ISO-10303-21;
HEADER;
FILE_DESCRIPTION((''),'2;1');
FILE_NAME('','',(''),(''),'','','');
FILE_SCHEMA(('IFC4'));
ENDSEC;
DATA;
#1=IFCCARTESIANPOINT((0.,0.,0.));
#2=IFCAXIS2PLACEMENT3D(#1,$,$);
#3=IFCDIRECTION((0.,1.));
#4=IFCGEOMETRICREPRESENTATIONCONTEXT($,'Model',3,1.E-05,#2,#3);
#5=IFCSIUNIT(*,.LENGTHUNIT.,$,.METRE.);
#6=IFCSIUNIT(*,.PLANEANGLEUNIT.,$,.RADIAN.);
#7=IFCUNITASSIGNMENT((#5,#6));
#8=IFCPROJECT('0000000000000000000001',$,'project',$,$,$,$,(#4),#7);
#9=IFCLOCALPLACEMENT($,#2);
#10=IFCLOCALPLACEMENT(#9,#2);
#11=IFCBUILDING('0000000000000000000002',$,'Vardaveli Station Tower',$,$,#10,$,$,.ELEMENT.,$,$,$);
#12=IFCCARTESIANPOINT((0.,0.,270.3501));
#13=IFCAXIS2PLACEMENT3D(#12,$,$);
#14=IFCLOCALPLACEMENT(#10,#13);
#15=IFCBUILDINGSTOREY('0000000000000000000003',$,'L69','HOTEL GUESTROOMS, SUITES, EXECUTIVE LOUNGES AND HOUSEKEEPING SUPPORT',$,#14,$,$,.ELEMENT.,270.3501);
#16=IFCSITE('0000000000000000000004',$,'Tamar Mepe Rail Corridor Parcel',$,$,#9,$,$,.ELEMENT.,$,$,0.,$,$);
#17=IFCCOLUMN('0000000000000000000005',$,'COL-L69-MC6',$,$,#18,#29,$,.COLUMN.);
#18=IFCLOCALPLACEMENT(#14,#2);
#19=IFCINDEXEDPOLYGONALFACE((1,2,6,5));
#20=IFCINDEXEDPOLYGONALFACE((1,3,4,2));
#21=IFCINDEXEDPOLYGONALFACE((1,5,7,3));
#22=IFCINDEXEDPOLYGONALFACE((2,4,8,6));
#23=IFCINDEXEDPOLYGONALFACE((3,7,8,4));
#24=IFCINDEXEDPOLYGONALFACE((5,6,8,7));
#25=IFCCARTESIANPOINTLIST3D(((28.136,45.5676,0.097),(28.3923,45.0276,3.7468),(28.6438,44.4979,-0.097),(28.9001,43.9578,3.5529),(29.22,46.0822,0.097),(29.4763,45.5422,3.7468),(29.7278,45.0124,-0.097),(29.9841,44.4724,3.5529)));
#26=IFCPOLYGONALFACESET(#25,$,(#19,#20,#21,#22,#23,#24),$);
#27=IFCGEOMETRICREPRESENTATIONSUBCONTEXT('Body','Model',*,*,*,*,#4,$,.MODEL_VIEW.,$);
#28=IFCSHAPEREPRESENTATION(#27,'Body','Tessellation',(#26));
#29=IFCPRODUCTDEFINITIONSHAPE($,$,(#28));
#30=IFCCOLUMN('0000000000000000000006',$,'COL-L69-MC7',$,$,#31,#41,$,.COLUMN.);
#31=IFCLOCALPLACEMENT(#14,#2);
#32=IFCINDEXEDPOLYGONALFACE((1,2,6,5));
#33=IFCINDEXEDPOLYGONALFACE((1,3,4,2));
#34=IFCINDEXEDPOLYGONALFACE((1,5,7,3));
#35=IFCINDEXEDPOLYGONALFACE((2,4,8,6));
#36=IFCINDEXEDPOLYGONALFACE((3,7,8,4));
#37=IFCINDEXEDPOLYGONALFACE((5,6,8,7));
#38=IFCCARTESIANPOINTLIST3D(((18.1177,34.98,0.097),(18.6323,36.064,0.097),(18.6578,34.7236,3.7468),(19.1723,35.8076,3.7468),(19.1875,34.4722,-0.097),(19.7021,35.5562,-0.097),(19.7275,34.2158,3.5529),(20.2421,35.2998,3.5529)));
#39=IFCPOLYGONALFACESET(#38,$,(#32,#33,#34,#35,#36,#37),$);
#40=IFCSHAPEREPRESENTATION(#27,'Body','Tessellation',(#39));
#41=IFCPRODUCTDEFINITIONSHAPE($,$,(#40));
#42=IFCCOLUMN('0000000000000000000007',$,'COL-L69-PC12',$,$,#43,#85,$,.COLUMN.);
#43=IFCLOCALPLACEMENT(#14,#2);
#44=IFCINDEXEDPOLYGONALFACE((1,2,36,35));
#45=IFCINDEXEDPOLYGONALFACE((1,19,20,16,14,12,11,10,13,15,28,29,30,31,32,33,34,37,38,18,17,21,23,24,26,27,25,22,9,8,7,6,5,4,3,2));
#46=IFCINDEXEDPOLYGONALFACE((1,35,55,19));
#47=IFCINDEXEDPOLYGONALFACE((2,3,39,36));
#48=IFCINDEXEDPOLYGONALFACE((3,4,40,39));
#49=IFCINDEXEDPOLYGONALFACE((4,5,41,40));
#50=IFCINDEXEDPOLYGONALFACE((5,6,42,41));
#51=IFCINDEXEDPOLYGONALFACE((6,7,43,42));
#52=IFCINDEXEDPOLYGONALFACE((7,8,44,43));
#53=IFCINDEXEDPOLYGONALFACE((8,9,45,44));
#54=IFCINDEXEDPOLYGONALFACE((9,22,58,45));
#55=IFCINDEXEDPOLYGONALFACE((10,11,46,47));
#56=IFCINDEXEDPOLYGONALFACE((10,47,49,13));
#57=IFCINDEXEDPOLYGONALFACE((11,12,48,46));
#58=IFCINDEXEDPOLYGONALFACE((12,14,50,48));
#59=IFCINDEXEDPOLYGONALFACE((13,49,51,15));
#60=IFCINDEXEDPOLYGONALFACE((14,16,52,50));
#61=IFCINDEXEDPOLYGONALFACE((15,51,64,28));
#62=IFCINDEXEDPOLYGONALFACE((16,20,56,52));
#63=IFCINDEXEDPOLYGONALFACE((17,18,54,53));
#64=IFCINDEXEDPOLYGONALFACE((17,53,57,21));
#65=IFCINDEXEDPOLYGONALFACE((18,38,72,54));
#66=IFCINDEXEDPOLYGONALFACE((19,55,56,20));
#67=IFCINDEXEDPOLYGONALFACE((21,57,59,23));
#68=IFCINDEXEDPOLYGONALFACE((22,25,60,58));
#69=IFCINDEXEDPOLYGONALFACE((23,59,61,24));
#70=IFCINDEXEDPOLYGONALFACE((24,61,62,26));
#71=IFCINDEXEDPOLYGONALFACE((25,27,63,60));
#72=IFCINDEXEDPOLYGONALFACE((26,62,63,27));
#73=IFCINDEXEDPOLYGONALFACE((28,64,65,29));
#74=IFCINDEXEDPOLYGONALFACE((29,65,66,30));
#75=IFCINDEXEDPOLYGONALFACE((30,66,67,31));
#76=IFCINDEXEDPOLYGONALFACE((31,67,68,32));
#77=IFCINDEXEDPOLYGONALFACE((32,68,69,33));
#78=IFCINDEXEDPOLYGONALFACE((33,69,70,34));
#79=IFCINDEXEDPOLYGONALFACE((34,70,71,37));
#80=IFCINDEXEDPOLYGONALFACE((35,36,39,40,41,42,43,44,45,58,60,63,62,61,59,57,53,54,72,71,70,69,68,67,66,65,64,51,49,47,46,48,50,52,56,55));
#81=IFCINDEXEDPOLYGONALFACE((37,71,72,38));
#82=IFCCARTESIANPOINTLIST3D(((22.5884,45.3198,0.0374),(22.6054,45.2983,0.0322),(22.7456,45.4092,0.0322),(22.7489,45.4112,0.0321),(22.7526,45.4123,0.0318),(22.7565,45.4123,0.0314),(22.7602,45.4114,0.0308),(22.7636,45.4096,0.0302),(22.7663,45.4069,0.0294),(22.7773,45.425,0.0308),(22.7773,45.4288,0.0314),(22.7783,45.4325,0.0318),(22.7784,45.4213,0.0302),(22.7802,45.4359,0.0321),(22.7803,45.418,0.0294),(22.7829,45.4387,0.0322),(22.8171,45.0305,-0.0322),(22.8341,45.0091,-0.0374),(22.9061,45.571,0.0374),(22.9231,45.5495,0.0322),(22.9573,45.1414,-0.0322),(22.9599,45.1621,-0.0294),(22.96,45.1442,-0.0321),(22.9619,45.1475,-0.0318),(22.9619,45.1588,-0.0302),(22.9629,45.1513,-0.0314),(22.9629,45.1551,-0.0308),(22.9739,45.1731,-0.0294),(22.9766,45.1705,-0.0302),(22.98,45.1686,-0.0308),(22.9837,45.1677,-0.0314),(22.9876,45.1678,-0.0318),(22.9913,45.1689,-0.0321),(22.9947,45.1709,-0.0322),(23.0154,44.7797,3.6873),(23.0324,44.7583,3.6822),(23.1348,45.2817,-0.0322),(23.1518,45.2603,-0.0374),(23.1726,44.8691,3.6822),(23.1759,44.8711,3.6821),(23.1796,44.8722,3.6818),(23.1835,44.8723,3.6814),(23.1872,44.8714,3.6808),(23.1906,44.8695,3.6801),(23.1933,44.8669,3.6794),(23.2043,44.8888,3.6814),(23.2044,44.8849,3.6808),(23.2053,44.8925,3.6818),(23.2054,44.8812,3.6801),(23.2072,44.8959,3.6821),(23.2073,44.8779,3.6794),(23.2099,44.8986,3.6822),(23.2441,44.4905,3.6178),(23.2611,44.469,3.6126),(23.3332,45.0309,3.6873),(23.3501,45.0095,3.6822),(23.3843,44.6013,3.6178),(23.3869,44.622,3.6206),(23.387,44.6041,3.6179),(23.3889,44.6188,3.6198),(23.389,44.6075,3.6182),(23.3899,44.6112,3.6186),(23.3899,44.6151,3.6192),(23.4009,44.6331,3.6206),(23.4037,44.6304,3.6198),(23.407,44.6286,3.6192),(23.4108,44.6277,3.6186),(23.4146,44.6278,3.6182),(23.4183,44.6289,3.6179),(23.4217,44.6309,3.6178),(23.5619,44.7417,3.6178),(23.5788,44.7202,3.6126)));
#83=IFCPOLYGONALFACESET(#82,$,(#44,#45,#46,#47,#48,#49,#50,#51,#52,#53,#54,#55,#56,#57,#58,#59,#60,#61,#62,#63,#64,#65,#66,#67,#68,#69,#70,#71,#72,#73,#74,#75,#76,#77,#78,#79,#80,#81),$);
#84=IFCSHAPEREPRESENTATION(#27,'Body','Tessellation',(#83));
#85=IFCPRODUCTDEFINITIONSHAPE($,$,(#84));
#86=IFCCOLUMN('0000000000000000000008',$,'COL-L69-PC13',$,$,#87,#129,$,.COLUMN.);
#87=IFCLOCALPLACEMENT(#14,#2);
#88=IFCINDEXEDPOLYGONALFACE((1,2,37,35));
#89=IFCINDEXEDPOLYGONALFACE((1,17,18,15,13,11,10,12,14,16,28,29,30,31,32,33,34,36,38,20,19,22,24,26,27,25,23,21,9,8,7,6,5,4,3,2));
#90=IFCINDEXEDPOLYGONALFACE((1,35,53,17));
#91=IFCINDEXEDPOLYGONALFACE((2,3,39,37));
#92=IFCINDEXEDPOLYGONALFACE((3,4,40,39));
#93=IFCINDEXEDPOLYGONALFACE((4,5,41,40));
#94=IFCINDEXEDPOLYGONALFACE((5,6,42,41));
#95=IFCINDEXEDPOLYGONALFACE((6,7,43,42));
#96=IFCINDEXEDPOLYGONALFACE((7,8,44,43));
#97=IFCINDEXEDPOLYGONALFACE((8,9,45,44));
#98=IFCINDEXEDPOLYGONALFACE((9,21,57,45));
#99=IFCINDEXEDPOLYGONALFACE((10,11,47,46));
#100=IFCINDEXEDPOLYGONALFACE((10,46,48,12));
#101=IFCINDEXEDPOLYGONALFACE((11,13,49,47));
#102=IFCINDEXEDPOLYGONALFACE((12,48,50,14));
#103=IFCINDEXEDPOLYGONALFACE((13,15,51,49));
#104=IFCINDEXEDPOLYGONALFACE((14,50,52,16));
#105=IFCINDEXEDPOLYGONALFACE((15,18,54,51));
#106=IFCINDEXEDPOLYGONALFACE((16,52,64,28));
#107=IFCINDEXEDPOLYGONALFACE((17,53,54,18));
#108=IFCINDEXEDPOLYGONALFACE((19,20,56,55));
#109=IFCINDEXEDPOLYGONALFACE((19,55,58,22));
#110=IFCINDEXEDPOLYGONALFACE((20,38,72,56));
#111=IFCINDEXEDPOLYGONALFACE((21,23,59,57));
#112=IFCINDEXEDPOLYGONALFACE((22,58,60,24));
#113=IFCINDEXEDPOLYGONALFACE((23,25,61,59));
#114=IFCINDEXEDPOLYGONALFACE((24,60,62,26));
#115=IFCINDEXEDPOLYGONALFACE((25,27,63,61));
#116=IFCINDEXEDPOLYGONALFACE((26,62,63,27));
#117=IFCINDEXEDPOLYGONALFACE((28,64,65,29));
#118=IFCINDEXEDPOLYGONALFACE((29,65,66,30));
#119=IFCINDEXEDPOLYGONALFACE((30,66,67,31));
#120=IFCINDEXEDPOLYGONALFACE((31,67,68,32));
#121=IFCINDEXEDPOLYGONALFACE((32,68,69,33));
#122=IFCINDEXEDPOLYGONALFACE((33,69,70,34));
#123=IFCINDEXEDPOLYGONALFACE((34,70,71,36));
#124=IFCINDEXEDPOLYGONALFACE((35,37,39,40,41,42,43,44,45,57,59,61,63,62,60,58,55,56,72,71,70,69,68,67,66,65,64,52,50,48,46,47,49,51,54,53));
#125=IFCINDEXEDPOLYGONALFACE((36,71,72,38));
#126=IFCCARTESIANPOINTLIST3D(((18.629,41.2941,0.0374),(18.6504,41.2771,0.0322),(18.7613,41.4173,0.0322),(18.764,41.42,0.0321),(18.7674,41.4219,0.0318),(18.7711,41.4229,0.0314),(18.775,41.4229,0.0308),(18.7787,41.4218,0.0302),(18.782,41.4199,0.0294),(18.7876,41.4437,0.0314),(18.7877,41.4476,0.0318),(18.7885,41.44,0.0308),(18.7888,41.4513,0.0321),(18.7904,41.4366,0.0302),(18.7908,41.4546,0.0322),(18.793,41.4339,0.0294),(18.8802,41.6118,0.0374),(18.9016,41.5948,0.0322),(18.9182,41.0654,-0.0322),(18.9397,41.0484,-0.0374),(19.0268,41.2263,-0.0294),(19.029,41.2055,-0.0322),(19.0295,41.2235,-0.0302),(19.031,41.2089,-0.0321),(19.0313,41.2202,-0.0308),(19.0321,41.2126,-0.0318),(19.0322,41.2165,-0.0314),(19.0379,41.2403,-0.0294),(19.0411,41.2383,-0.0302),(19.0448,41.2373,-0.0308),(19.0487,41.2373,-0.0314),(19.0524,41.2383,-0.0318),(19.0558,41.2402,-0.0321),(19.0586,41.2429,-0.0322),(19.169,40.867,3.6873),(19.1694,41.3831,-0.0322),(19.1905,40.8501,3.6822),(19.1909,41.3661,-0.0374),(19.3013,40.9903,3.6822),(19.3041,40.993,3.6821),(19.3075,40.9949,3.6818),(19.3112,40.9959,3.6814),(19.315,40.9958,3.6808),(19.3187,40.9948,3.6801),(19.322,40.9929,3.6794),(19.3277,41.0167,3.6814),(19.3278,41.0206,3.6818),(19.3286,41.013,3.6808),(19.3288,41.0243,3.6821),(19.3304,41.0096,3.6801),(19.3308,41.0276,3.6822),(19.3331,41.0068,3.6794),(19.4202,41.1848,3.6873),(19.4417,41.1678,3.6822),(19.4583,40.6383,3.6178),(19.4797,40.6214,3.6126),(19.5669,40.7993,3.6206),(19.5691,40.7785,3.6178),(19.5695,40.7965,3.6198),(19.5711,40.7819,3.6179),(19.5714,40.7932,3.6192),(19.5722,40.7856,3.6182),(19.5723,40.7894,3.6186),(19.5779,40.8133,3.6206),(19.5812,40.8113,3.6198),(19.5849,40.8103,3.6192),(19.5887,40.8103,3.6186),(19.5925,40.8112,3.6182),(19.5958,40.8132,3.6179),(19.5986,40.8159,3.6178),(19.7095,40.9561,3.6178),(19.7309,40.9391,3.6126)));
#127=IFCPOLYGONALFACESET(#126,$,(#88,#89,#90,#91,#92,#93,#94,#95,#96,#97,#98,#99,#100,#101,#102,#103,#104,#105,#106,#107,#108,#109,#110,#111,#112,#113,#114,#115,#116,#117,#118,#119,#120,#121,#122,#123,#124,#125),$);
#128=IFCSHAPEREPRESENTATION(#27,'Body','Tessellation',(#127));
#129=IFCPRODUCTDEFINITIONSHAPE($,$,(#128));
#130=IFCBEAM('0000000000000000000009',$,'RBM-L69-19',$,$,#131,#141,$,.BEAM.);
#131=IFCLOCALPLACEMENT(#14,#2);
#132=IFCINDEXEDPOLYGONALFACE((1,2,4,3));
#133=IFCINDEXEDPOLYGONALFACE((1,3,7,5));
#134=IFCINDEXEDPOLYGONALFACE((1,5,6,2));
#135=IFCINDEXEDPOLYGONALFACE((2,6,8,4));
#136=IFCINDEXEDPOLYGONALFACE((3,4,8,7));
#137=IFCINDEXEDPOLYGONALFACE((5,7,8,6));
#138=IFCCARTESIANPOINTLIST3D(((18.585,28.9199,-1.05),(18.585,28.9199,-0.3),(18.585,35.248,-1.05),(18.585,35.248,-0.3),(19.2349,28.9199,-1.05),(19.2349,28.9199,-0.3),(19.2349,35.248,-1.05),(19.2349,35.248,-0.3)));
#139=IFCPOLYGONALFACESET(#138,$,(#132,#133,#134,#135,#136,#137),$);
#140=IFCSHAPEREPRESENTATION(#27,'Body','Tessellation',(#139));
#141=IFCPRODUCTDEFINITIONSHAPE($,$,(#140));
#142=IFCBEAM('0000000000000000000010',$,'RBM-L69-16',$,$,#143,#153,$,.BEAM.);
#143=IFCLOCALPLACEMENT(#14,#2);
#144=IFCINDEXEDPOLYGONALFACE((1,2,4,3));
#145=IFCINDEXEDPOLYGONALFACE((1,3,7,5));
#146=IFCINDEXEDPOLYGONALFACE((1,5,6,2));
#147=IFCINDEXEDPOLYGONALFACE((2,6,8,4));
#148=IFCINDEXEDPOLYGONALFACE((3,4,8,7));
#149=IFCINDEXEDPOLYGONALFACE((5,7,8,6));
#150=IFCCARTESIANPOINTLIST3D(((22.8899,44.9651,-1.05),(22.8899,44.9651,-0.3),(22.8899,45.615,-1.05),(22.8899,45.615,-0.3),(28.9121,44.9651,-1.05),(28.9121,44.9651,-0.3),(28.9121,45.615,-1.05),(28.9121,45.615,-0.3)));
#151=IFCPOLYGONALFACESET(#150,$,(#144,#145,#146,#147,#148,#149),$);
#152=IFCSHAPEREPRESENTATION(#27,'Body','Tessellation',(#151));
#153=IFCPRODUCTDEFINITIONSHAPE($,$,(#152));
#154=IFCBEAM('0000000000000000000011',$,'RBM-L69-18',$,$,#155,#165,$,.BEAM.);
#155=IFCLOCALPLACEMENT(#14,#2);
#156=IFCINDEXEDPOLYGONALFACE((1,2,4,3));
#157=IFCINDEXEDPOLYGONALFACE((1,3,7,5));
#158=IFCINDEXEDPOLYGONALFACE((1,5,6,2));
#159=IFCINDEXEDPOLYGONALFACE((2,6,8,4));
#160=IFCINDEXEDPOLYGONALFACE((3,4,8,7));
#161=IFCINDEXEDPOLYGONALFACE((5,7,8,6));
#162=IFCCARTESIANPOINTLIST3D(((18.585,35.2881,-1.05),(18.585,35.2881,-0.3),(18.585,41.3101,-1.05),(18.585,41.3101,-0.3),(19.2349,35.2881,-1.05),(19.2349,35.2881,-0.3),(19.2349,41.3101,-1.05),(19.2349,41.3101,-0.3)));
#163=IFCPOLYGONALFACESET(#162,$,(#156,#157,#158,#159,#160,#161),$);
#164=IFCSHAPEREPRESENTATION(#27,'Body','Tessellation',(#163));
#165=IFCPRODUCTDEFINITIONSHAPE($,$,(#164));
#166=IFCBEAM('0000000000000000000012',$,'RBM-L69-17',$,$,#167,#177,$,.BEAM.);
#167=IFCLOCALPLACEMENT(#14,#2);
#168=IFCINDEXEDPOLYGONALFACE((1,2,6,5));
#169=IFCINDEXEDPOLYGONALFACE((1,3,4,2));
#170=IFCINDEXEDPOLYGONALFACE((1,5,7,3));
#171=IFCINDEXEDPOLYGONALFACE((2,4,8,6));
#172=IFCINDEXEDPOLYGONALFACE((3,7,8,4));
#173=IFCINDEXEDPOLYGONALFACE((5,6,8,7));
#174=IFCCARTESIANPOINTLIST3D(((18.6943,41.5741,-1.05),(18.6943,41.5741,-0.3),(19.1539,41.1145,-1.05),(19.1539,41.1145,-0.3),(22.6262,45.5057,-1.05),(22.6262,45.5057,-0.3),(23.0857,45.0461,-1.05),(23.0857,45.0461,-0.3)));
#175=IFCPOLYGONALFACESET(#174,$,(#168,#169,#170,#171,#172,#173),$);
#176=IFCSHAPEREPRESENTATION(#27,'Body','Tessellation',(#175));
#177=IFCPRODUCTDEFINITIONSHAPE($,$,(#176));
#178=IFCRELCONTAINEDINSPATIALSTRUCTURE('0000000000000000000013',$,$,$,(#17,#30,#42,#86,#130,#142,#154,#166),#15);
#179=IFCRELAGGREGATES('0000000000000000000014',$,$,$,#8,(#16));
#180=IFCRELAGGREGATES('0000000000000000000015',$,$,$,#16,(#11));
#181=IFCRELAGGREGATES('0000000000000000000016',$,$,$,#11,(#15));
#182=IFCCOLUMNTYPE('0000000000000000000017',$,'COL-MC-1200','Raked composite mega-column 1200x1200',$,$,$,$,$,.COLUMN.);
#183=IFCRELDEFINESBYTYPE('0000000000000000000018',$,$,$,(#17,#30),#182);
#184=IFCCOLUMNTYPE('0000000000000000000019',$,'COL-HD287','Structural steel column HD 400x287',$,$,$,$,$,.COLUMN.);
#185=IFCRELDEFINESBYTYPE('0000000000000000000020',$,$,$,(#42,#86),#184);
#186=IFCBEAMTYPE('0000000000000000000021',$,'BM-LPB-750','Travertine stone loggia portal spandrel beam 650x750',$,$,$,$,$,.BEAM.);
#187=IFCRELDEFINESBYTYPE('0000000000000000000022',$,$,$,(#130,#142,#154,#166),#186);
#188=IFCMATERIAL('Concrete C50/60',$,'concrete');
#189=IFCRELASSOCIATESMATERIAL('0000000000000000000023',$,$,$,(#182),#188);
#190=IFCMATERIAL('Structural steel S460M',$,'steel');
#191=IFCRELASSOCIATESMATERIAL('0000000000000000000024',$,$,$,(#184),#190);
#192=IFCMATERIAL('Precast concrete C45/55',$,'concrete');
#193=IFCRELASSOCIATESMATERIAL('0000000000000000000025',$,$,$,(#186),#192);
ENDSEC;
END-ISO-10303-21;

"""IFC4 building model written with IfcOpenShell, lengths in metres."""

from ifc_helpers import new_model, si_unit, direction, frame, origin, origin_2d, place, context, subcontext, project, spatial, rectangle, i_section, extrude, source, transform, mapped, material, material_profile, profile_set, type_object, element, save


model = new_model("IFC4")

# Units and contexts
model_context = context("Model", 3, precision=1e-05, world=origin(), true_north=direction((0.0, 1.0)))
body_context = subcontext(model_context, "Body", "Model", "MODEL_VIEW")
ifc_project = project(units=[si_unit("LENGTHUNIT", "METRE"), si_unit("PLANEANGLEUNIT", "RADIAN")], contexts=[model_context])

# Site, building, storey
site_placement = place(None, origin())
site = spatial("IfcSite", under=ifc_project, at=site_placement, Name="Tamar Mepe Rail Corridor Parcel", CompositionType="ELEMENT", RefElevation=0.0)
building_placement = place(site_placement, origin())
building = spatial("IfcBuilding", under=site, at=building_placement, Name="Vardaveli Station Tower", CompositionType="ELEMENT")
storey_placement = place(building_placement, frame((0.0, 0.0, 270.3501)))
storey = spatial("IfcBuildingStorey", under=building, at=storey_placement, Name="L69", Description="HOTEL GUESTROOMS, SUITES, EXECUTIVE LOUNGES AND HOUSEKEEPING SUPPORT", CompositionType="ELEMENT", Elevation=270.3501)

# Columns
ifc_material_1 = material(Name="Concrete C50/60", Category="concrete")
ifc_material_profile_1 = material_profile(ifc_material_1, rectangle(XDim=1.2, YDim=1.2, at=origin_2d()), Name="MC 1200x1200")
ifc_profile_set_1 = profile_set([ifc_material_profile_1], Name="Concrete C50/60")
column_type_1 = type_object("IfcColumnType", Name="COL-MC-1200", Description="Raked composite mega-column 1200x1200", PredefinedType="COLUMN", material=ifc_profile_set_1)
shared_shape_1 = source(origin(), body_context, "Body", "SweptSolid", [
    extrude(rectangle(XDim=1.2, YDim=1.2, at=origin_2d()), origin(), (0.0, 0.0, 1.0), 3.6985),
])
for number, where, z_axis, x_axis, name in (
    (1, (28.9319, 45.29, 0.0), (0.069311, -0.146014, 0.986851), (0.903388, 0.428824, 0.0), "COL-L69-MC6"),
    (2, (18.9099, 35.2681, 0.0), (0.146014, -0.069311, 0.986851), (0.428824, 0.903388, 0.0), "COL-L69-MC7"),
):
    element("IfcColumn", number, at=place(storey_placement, frame(where, z_axis=z_axis, x_axis=x_axis)), inside=storey, type_object=column_type_1, Name=name, PredefinedType="COLUMN", context=body_context, shape_type="MappedRepresentation", body=[
        mapped(shared_shape_1, transform((0.0, 0.0, 0.0), scale=1.0)),
    ])
ifc_material_2 = material(Name="Structural steel S460M", Category="steel")
ifc_material_profile_2 = material_profile(ifc_material_2, i_section(OverallWidth=0.405, OverallDepth=0.4031, WebThickness=0.0178, FlangeThickness=0.0278, FilletRadius=0.0149, at=origin_2d()), Name="HD 400x287")
ifc_profile_set_2 = profile_set([ifc_material_profile_2], Name="Structural steel S460M")
column_type_2 = type_object("IfcColumnType", Name="COL-HD287", Description="Structural steel column HD 400x287", PredefinedType="COLUMN", material=ifc_profile_set_2)
shared_shape_2 = source(origin(), body_context, "Body", "SweptSolid", [
    extrude(i_section(OverallWidth=0.405, OverallDepth=0.4031, WebThickness=0.0178, FlangeThickness=0.0278, FilletRadius=0.0149, at=origin_2d()), origin(), (0.0, 0.0, 1.0), 3.7144),
])
for number, where, z_axis, x_axis, name in (
    (3, (22.8701, 45.29, 0.0), (0.114963, -0.145396, 0.982672), (0.78442, 0.620231, 0.0), "COL-L69-PC12"),
    (4, (18.9099, 41.3301, 0.0), (0.145396, -0.114963, 0.982672), (0.620231, 0.78442, 0.0), "COL-L69-PC13"),
):
    element("IfcColumn", number, at=place(storey_placement, frame(where, z_axis=z_axis, x_axis=x_axis)), inside=storey, type_object=column_type_2, Name=name, PredefinedType="COLUMN", context=body_context, shape_type="MappedRepresentation", body=[
        mapped(shared_shape_2, transform((0.0, 0.0, 0.0), scale=1.0)),
    ])

# Beams
ifc_material_3 = material(Name="Precast concrete C45/55", Category="concrete")
ifc_material_profile_3 = material_profile(ifc_material_3, rectangle(XDim=0.6499, YDim=0.75, at=origin_2d()), Name="LPB 650x750")
ifc_profile_set_3 = profile_set([ifc_material_profile_3], Name="Precast concrete C45/55")
beam_type_1 = type_object("IfcBeamType", Name="BM-LPB-750", Description="Travertine stone loggia portal spandrel beam 650x750", PredefinedType="BEAM", material=ifc_profile_set_3)
shared_shape_3 = source(origin(), body_context, "Body", "SweptSolid", [
    extrude(rectangle(XDim=0.6499, YDim=0.75, at=origin_2d()), origin(), (0.0, 0.0, 1.0), 6.3281),
])
beam_1_placement = place(storey_placement, frame((18.9099, 35.248, -0.675), z_axis=(0.0, -1.0, 0.0), x_axis=(1.0, 0.0, 0.0)))
element("IfcBeam", 5, at=beam_1_placement, inside=storey, type_object=beam_type_1, Name="RBM-L69-19", PredefinedType="BEAM", context=body_context, shape_type="MappedRepresentation", body=[
    mapped(shared_shape_3, transform((0.0, 0.0, 0.0), scale=1.0)),
])
shared_shape_4 = source(origin(), body_context, "Body", "SweptSolid", [
    extrude(rectangle(XDim=0.6499, YDim=0.75, at=origin_2d()), origin(), (0.0, 0.0, 1.0), 6.0222),
])
beam_2_placement = place(storey_placement, frame((28.9121, 45.29, -0.675), z_axis=(-1.0, 0.0, 0.0), x_axis=(0.0, -1.0, 0.0)))
element("IfcBeam", 6, at=beam_2_placement, inside=storey, type_object=beam_type_1, Name="RBM-L69-16", PredefinedType="BEAM", context=body_context, shape_type="MappedRepresentation", body=[
    mapped(shared_shape_4, transform((0.0, 0.0, 0.0), scale=1.0)),
])
shared_shape_5 = source(origin(), body_context, "Body", "SweptSolid", [
    extrude(rectangle(XDim=0.6499, YDim=0.75, at=origin_2d()), origin(), (0.0, 0.0, 1.0), 6.022),
])
beam_3_placement = place(storey_placement, frame((18.9099, 41.3101, -0.675), z_axis=(0.0, -1.0, 0.0), x_axis=(1.0, 0.0, 0.0)))
element("IfcBeam", 7, at=beam_3_placement, inside=storey, type_object=beam_type_1, Name="RBM-L69-18", PredefinedType="BEAM", context=body_context, shape_type="MappedRepresentation", body=[
    mapped(shared_shape_5, transform((0.0, 0.0, 0.0), scale=1.0)),
])
shared_shape_6 = source(origin(), body_context, "Body", "SweptSolid", [
    extrude(rectangle(XDim=0.6499, YDim=0.75, at=origin_2d()), origin(), (0.0, 0.0, 1.0), 5.5603),
])
beam_4_placement = place(storey_placement, frame((22.856, 45.2759, -0.675), z_axis=(-0.707129, -0.707085, 0.0), x_axis=(0.707085, -0.707129, 0.0)))
element("IfcBeam", 8, at=beam_4_placement, inside=storey, type_object=beam_type_1, Name="RBM-L69-17", PredefinedType="BEAM", context=body_context, shape_type="MappedRepresentation", body=[
    mapped(shared_shape_6, transform((0.0, 0.0, 0.0), scale=1.0)),
])

save(model, "model.ifc")
